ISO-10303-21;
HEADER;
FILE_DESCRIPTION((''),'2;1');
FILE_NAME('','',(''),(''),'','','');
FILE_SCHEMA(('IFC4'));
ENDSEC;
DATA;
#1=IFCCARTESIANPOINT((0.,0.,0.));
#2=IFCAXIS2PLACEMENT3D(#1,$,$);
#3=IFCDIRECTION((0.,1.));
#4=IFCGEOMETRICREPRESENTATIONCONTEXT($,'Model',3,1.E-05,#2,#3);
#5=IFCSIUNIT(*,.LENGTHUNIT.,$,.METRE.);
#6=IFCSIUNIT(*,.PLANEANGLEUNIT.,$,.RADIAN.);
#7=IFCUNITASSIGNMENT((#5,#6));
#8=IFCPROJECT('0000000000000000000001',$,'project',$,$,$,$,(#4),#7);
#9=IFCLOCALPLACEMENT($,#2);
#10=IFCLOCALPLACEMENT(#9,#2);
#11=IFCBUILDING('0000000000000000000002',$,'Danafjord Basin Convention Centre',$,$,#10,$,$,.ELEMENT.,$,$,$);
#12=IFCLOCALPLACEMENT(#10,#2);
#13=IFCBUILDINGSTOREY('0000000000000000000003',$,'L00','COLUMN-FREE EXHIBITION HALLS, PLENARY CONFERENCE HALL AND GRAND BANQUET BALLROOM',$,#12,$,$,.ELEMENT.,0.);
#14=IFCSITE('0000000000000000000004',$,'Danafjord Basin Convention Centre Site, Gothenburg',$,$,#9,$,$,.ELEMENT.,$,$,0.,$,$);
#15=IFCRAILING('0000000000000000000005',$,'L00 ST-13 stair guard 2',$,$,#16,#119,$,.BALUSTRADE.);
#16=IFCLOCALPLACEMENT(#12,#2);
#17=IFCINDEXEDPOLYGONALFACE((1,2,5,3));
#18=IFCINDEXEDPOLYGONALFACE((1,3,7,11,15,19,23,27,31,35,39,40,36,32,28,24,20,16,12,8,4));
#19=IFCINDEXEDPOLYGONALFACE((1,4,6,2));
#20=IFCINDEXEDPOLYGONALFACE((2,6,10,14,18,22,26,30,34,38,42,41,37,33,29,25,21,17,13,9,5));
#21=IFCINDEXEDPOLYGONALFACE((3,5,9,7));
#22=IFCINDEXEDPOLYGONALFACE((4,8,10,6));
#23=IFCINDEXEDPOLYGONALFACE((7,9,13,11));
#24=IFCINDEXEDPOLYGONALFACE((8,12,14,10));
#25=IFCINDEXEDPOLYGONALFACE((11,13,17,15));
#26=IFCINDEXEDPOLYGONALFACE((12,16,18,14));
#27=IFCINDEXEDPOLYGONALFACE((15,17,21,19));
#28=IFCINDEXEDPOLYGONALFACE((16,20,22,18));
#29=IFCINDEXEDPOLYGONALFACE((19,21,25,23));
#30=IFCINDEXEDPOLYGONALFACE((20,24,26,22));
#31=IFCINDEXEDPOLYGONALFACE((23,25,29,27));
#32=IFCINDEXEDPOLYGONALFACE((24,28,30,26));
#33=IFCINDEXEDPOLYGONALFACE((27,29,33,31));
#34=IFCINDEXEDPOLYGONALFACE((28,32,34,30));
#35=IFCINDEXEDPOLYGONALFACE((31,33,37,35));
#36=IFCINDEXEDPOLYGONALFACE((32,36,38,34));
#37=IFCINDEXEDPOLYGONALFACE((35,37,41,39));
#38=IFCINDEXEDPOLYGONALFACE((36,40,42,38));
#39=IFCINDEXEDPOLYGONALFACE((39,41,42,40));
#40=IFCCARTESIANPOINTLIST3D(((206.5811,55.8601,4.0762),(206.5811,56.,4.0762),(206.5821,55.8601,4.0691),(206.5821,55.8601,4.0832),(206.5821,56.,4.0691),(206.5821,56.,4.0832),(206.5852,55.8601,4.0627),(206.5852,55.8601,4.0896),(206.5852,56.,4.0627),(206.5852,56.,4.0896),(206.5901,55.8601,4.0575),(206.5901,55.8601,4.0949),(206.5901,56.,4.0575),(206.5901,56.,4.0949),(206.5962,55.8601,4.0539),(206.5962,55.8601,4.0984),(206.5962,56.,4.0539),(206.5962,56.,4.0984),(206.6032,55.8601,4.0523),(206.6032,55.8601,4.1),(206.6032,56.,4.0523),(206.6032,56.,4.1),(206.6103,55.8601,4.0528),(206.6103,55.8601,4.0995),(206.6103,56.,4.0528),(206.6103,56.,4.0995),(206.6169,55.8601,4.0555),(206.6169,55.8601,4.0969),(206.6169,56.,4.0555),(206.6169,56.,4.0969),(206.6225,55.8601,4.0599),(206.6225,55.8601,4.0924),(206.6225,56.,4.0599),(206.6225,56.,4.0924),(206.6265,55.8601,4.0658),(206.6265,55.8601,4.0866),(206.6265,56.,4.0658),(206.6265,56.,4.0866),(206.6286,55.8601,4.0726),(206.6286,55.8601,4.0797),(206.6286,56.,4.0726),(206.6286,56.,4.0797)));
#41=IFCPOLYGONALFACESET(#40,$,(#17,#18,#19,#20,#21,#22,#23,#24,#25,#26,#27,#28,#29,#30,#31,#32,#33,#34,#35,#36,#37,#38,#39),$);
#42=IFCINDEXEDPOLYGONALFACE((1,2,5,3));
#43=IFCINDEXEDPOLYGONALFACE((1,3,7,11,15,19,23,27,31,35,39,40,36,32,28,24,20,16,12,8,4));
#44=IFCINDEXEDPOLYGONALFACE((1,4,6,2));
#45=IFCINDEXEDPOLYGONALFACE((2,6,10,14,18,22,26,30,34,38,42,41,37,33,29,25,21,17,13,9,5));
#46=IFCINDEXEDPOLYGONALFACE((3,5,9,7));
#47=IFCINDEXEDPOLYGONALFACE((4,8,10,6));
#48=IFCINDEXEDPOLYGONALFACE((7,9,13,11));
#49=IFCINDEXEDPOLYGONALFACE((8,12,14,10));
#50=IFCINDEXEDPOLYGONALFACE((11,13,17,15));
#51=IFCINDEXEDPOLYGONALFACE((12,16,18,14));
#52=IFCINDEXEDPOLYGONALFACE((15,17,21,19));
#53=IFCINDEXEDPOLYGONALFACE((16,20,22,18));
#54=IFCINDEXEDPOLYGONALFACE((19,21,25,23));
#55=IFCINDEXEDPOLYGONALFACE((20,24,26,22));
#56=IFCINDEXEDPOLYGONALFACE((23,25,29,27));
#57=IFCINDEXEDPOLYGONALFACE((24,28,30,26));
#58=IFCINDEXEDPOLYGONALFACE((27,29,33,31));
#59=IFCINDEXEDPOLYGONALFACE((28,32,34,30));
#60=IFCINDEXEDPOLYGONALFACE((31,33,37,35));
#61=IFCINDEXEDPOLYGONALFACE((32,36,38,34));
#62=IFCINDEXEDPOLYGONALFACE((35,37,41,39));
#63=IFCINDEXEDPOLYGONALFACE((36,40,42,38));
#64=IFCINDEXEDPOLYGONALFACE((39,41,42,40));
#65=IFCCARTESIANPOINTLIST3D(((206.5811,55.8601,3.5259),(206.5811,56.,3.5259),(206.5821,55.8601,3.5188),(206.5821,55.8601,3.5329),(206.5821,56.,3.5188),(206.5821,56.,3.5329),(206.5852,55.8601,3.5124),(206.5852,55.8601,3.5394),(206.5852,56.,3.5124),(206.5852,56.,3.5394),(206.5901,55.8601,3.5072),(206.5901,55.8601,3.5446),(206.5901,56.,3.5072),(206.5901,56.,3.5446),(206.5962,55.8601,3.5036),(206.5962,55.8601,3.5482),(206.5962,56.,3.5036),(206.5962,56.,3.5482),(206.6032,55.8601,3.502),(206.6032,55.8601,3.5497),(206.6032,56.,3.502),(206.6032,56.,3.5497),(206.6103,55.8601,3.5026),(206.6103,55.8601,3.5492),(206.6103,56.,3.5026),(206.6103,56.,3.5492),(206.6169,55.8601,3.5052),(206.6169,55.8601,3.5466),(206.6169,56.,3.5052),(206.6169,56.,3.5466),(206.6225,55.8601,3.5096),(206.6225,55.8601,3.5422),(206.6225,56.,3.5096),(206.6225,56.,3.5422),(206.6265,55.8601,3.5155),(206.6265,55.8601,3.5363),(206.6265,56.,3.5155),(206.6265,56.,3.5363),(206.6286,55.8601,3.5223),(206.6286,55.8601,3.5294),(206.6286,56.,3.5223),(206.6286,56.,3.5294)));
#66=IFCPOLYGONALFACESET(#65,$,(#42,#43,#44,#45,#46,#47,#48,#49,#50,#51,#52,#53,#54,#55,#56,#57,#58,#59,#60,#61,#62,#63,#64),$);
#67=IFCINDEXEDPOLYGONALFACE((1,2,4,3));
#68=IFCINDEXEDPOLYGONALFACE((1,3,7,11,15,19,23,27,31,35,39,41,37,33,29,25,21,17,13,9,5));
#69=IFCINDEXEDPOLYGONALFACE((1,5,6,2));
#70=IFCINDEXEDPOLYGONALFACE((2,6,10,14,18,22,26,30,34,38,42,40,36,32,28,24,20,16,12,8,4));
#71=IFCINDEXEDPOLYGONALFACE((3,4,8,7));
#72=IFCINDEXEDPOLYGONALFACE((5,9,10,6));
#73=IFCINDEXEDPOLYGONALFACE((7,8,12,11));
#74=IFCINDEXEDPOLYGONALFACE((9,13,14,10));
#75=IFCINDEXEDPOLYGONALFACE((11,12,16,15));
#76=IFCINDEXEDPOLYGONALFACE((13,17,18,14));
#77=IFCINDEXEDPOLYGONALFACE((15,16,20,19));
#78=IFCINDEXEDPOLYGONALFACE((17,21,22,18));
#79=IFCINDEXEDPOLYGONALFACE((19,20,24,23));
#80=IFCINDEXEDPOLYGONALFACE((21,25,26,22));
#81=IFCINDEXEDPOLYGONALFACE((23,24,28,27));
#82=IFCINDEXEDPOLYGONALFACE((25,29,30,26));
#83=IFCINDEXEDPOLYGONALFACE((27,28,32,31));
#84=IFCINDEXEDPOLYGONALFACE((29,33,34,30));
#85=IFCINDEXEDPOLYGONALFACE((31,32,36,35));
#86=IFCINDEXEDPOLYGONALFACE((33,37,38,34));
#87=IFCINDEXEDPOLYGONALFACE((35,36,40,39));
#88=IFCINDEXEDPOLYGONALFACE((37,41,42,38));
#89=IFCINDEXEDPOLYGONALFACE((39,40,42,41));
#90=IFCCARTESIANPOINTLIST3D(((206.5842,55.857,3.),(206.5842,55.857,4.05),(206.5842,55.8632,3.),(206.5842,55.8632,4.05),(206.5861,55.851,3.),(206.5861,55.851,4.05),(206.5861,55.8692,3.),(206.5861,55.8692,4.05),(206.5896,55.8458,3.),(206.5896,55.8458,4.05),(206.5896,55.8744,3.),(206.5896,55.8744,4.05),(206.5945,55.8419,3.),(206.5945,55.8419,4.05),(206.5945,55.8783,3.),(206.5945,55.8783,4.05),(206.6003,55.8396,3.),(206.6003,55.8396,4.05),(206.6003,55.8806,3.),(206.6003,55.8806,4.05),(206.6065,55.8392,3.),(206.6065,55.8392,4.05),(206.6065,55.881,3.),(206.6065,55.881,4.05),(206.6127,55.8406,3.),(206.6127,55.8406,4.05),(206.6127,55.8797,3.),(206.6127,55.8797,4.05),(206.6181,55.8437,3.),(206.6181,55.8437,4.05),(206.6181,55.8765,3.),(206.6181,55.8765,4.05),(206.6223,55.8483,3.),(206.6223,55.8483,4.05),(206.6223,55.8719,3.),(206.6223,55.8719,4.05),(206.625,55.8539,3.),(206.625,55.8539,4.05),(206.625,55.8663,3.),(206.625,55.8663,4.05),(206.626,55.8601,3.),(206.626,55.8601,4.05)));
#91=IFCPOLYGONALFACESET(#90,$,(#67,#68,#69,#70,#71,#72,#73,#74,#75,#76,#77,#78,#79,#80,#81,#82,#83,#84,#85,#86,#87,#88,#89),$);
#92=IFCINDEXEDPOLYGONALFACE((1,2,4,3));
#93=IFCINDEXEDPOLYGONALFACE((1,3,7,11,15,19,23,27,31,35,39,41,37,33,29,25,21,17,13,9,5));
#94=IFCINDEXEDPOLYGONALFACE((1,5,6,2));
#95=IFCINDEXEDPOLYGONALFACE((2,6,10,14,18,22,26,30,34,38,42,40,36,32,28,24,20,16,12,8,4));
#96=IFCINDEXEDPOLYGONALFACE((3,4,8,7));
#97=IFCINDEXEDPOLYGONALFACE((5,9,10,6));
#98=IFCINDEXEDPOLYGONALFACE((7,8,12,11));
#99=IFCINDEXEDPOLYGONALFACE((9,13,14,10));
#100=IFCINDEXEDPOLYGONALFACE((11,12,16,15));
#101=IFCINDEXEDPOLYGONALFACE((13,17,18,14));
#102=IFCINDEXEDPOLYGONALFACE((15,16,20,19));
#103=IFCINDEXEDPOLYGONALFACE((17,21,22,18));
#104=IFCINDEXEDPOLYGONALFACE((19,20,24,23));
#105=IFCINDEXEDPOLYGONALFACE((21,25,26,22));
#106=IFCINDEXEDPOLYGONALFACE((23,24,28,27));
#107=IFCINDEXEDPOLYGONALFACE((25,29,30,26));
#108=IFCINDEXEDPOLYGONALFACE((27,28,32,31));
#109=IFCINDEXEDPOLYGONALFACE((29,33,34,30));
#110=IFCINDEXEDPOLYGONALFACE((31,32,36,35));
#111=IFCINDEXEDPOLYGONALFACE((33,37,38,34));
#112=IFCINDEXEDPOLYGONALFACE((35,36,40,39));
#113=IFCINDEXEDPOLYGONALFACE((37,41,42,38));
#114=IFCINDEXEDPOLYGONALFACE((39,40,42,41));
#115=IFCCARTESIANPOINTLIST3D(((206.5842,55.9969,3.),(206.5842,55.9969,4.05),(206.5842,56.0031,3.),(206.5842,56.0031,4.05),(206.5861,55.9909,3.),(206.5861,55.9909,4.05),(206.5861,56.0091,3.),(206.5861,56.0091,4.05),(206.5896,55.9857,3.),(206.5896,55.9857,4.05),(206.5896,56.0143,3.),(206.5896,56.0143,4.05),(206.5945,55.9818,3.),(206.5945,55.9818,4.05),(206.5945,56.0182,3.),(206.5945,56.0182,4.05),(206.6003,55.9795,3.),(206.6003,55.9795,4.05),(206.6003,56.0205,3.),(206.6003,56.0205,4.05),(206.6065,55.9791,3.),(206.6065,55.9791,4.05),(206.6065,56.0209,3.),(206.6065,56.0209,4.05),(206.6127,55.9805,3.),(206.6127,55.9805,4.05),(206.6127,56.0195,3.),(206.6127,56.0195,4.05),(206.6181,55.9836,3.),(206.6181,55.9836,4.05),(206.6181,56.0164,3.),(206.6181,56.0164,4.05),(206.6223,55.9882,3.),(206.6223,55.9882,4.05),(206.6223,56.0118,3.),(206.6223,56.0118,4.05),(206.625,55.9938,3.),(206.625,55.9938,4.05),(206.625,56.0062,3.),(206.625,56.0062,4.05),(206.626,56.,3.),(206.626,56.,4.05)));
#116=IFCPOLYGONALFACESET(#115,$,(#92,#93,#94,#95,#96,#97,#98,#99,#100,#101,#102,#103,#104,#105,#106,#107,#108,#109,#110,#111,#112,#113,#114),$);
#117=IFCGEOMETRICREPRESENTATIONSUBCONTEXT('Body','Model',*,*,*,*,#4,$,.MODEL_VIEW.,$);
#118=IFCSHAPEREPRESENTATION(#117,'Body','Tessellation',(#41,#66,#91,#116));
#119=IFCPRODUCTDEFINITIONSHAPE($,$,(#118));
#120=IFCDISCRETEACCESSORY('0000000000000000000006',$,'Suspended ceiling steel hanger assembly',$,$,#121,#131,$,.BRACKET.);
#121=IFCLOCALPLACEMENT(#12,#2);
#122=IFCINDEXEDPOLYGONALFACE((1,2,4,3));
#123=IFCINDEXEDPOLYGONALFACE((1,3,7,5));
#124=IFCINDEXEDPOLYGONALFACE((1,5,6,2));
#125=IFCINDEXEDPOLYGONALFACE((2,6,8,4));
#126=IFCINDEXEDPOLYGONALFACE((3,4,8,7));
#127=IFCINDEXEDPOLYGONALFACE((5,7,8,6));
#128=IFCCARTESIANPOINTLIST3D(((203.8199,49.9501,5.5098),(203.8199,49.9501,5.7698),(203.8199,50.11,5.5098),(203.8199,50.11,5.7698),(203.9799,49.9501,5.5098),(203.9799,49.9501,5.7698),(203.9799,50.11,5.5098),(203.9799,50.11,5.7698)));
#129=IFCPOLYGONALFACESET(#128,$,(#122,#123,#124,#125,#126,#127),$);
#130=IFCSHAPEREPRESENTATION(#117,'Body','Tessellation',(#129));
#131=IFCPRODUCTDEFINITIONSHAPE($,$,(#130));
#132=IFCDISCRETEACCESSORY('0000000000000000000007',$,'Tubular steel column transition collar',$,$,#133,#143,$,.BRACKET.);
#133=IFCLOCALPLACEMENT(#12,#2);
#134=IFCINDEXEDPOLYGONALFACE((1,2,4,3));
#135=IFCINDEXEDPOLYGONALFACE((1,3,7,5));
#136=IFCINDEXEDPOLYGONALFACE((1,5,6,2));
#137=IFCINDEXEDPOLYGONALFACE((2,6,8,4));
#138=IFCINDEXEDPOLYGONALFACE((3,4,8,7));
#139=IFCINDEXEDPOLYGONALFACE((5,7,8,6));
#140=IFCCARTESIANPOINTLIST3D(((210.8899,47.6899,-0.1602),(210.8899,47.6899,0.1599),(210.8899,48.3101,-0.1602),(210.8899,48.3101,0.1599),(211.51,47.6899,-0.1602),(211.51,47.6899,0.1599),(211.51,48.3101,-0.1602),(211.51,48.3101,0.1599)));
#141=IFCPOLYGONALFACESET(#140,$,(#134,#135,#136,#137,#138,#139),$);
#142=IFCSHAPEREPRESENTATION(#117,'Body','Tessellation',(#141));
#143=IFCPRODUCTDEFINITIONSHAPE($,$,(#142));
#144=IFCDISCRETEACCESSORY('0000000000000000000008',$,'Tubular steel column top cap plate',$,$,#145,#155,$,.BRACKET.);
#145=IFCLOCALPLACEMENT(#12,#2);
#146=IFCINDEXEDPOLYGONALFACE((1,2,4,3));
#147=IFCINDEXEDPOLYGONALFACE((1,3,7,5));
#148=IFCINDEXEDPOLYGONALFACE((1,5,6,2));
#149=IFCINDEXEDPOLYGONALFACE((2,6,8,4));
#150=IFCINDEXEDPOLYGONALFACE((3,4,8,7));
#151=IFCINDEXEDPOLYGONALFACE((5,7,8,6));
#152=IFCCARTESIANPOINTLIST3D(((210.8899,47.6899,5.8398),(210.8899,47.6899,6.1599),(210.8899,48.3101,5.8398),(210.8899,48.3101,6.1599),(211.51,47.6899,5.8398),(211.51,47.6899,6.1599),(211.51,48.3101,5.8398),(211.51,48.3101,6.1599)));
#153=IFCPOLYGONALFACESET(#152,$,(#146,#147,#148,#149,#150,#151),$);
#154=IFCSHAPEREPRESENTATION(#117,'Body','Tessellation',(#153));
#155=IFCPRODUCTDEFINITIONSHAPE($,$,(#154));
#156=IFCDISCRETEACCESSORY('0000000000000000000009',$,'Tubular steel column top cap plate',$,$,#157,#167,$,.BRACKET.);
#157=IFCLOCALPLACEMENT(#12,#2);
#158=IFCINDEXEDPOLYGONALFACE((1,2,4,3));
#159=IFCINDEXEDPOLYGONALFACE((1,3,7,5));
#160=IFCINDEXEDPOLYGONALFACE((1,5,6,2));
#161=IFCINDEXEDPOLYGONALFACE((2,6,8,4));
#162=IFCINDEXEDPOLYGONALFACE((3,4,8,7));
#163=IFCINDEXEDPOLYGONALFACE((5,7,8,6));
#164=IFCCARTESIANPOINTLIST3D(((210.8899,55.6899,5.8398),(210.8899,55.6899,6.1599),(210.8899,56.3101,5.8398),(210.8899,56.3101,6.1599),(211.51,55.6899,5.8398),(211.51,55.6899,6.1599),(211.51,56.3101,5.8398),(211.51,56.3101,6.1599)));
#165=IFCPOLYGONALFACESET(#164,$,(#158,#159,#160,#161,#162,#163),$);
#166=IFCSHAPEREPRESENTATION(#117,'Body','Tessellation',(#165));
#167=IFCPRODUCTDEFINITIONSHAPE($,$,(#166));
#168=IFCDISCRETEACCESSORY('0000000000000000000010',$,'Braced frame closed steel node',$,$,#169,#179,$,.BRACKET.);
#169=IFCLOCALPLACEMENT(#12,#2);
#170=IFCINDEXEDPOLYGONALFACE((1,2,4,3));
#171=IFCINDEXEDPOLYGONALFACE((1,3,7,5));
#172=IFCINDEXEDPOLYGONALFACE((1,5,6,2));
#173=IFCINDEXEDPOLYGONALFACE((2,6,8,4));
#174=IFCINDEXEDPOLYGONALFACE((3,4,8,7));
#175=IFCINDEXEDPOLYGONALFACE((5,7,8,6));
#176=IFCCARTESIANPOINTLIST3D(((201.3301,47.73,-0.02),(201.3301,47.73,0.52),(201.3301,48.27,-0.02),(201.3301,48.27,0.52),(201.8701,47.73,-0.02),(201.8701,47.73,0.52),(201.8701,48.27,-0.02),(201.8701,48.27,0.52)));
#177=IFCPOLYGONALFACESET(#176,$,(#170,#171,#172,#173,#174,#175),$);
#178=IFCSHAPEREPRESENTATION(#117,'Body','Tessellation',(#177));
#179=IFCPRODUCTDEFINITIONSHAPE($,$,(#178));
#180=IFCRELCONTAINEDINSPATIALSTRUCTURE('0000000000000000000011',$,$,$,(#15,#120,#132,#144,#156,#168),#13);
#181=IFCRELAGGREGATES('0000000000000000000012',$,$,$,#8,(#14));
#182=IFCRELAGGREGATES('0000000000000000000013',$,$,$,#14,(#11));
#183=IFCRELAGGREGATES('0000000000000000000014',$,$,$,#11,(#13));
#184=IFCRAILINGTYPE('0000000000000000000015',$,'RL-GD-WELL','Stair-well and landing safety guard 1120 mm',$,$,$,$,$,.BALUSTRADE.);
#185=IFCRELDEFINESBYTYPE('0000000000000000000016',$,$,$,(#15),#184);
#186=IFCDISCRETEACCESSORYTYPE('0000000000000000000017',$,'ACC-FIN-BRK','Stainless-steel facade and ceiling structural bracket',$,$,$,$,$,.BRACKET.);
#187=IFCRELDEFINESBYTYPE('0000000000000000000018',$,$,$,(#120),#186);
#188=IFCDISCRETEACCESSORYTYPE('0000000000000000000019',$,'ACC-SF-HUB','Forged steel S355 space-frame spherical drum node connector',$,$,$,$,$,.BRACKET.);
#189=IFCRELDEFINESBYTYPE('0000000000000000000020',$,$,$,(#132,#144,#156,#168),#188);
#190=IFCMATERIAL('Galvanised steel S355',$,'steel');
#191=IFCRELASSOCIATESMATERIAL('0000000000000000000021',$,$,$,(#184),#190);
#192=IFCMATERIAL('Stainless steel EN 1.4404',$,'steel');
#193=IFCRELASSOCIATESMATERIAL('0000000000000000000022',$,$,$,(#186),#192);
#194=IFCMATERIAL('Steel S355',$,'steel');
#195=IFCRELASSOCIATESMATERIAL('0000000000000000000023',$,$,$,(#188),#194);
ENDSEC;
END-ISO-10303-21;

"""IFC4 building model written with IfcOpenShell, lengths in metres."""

from ifc_helpers import new_model, si_unit, direction, frame, origin, origin_2d, place, context, subcontext, project, spatial, rectangle, circle, extrude, material, type_object, element, save


model = new_model("IFC4")

# Units and contexts
model_context = context("Model", 3, precision=1e-05, world=origin(), true_north=direction((0.0, 1.0)))
body_context = subcontext(model_context, "Body", "Model", "MODEL_VIEW")
ifc_project = project(units=[si_unit("LENGTHUNIT", "METRE"), si_unit("PLANEANGLEUNIT", "RADIAN")], contexts=[model_context])

# Site, building, storey
site_placement = place(None, origin())
site = spatial("IfcSite", under=ifc_project, at=site_placement, Name="Danafjord Basin Convention Centre Site, Gothenburg", CompositionType="ELEMENT", RefElevation=0.0)
building_placement = place(site_placement, origin())
building = spatial("IfcBuilding", under=site, at=building_placement, Name="Danafjord Basin Convention Centre", CompositionType="ELEMENT")
storey_placement = place(building_placement, origin())
storey = spatial("IfcBuildingStorey", under=building, at=storey_placement, Name="L00", Description="COLUMN-FREE EXHIBITION HALLS, PLENARY CONFERENCE HALL AND GRAND BANQUET BALLROOM", CompositionType="ELEMENT", Elevation=0.0)

# Shared definitions
ifc_material_1 = material(Name="Steel S355", Category="steel")

# Railing
ifc_material_2 = material(Name="Galvanised steel S355", Category="steel")
railing_type = type_object("IfcRailingType", Name="RL-GD-WELL", Description="Stair-well and landing safety guard 1120 mm", PredefinedType="BALUSTRADE", material=ifc_material_2)
railing_placement = place(storey_placement, frame((206.605, 55.8601, 3.0)))
element("IfcRailing", 1, at=railing_placement, inside=storey, type_object=railing_type, Name="L00 ST-13 stair guard 2", PredefinedType="BALUSTRADE", context=body_context, shape_type="SweptSolid", body=[
    extrude(circle(Radius=0.0239, at=origin_2d()), frame((0.0, 0.0, 1.0762), z_axis=(0.0, 1.0, 0.0), x_axis=(-1.0, 0.0, 0.0)), (0.0, 0.0, 1.0), 0.1399),
    extrude(circle(Radius=0.0239, at=origin_2d()), frame((0.0, 0.0, 0.5259), z_axis=(0.0, 1.0, 0.0), x_axis=(-1.0, 0.0, 0.0)), (0.0, 0.0, 1.0), 0.1399),
    extrude(circle(Radius=0.021, at=origin_2d()), origin(), (0.0, 0.0, 1.0), 1.05),
    extrude(circle(Radius=0.021, at=origin_2d()), frame((0.0, 0.1399, 0.0)), (0.0, 0.0, 1.0), 1.05),
])

# Discrete accessories
ifc_material_3 = material(Name="Stainless steel EN 1.4404", Category="steel")
discrete_accessory_type_1 = type_object("IfcDiscreteAccessoryType", Name="ACC-FIN-BRK", Description="Stainless-steel facade and ceiling structural bracket", PredefinedType="BRACKET", material=ifc_material_3)
discrete_accessory_1_placement = place(storey_placement, frame((203.8999, 50.03, 5.5098), z_axis=(0.0, 0.0, 1.0), x_axis=(1.0, 0.0, 0.0)))
element("IfcDiscreteAccessory", 2, at=discrete_accessory_1_placement, inside=storey, type_object=discrete_accessory_type_1, Name="Suspended ceiling steel hanger assembly", PredefinedType="BRACKET", context=body_context, shape_type="SweptSolid", body=[
    extrude(rectangle(XDim=0.1599, YDim=0.1599, at=origin_2d()), origin(), (0.0, 0.0, 1.0), 0.26),
])
discrete_accessory_type_2 = type_object("IfcDiscreteAccessoryType", Name="ACC-SF-HUB", Description="Forged steel S355 space-frame spherical drum node connector", PredefinedType="BRACKET", material=ifc_material_1)
for number, where, z_axis, x_axis, name in (
    (3, (211.2, 48.0, -0.1602), (0.0, 0.0, 1.0), (1.0, 0.0, 0.0), "Tubular steel column transition collar"),
    (4, (211.2, 48.0, 5.8398), (0.0, 0.0, 1.0), (1.0, 0.0, 0.0), "Tubular steel column top cap plate"),
    (5, (211.2, 56.0, 5.8398), (0.0, 0.0, 1.0), (1.0, 0.0, 0.0), "Tubular steel column top cap plate"),
):
    element("IfcDiscreteAccessory", number, at=place(storey_placement, frame(where, z_axis=z_axis, x_axis=x_axis)), inside=storey, type_object=discrete_accessory_type_2, Name=name, PredefinedType="BRACKET", context=body_context, shape_type="SweptSolid", body=[
        extrude(rectangle(XDim=0.6201, YDim=0.6201, at=origin_2d()), origin(), (0.0, 0.0, 1.0), 0.3201),
    ])
discrete_accessory_2_placement = place(storey_placement, frame((201.6001, 48.0, -0.02), z_axis=(0.0, 0.0, 1.0), x_axis=(1.0, 0.0, 0.0)))
element("IfcDiscreteAccessory", 6, at=discrete_accessory_2_placement, inside=storey, type_object=discrete_accessory_type_2, Name="Braced frame closed steel node", PredefinedType="BRACKET", context=body_context, shape_type="SweptSolid", body=[
    extrude(rectangle(XDim=0.54, YDim=0.54, at=origin_2d()), origin(), (0.0, 0.0, 1.0), 0.54),
])

save(model, "model.ifc")
